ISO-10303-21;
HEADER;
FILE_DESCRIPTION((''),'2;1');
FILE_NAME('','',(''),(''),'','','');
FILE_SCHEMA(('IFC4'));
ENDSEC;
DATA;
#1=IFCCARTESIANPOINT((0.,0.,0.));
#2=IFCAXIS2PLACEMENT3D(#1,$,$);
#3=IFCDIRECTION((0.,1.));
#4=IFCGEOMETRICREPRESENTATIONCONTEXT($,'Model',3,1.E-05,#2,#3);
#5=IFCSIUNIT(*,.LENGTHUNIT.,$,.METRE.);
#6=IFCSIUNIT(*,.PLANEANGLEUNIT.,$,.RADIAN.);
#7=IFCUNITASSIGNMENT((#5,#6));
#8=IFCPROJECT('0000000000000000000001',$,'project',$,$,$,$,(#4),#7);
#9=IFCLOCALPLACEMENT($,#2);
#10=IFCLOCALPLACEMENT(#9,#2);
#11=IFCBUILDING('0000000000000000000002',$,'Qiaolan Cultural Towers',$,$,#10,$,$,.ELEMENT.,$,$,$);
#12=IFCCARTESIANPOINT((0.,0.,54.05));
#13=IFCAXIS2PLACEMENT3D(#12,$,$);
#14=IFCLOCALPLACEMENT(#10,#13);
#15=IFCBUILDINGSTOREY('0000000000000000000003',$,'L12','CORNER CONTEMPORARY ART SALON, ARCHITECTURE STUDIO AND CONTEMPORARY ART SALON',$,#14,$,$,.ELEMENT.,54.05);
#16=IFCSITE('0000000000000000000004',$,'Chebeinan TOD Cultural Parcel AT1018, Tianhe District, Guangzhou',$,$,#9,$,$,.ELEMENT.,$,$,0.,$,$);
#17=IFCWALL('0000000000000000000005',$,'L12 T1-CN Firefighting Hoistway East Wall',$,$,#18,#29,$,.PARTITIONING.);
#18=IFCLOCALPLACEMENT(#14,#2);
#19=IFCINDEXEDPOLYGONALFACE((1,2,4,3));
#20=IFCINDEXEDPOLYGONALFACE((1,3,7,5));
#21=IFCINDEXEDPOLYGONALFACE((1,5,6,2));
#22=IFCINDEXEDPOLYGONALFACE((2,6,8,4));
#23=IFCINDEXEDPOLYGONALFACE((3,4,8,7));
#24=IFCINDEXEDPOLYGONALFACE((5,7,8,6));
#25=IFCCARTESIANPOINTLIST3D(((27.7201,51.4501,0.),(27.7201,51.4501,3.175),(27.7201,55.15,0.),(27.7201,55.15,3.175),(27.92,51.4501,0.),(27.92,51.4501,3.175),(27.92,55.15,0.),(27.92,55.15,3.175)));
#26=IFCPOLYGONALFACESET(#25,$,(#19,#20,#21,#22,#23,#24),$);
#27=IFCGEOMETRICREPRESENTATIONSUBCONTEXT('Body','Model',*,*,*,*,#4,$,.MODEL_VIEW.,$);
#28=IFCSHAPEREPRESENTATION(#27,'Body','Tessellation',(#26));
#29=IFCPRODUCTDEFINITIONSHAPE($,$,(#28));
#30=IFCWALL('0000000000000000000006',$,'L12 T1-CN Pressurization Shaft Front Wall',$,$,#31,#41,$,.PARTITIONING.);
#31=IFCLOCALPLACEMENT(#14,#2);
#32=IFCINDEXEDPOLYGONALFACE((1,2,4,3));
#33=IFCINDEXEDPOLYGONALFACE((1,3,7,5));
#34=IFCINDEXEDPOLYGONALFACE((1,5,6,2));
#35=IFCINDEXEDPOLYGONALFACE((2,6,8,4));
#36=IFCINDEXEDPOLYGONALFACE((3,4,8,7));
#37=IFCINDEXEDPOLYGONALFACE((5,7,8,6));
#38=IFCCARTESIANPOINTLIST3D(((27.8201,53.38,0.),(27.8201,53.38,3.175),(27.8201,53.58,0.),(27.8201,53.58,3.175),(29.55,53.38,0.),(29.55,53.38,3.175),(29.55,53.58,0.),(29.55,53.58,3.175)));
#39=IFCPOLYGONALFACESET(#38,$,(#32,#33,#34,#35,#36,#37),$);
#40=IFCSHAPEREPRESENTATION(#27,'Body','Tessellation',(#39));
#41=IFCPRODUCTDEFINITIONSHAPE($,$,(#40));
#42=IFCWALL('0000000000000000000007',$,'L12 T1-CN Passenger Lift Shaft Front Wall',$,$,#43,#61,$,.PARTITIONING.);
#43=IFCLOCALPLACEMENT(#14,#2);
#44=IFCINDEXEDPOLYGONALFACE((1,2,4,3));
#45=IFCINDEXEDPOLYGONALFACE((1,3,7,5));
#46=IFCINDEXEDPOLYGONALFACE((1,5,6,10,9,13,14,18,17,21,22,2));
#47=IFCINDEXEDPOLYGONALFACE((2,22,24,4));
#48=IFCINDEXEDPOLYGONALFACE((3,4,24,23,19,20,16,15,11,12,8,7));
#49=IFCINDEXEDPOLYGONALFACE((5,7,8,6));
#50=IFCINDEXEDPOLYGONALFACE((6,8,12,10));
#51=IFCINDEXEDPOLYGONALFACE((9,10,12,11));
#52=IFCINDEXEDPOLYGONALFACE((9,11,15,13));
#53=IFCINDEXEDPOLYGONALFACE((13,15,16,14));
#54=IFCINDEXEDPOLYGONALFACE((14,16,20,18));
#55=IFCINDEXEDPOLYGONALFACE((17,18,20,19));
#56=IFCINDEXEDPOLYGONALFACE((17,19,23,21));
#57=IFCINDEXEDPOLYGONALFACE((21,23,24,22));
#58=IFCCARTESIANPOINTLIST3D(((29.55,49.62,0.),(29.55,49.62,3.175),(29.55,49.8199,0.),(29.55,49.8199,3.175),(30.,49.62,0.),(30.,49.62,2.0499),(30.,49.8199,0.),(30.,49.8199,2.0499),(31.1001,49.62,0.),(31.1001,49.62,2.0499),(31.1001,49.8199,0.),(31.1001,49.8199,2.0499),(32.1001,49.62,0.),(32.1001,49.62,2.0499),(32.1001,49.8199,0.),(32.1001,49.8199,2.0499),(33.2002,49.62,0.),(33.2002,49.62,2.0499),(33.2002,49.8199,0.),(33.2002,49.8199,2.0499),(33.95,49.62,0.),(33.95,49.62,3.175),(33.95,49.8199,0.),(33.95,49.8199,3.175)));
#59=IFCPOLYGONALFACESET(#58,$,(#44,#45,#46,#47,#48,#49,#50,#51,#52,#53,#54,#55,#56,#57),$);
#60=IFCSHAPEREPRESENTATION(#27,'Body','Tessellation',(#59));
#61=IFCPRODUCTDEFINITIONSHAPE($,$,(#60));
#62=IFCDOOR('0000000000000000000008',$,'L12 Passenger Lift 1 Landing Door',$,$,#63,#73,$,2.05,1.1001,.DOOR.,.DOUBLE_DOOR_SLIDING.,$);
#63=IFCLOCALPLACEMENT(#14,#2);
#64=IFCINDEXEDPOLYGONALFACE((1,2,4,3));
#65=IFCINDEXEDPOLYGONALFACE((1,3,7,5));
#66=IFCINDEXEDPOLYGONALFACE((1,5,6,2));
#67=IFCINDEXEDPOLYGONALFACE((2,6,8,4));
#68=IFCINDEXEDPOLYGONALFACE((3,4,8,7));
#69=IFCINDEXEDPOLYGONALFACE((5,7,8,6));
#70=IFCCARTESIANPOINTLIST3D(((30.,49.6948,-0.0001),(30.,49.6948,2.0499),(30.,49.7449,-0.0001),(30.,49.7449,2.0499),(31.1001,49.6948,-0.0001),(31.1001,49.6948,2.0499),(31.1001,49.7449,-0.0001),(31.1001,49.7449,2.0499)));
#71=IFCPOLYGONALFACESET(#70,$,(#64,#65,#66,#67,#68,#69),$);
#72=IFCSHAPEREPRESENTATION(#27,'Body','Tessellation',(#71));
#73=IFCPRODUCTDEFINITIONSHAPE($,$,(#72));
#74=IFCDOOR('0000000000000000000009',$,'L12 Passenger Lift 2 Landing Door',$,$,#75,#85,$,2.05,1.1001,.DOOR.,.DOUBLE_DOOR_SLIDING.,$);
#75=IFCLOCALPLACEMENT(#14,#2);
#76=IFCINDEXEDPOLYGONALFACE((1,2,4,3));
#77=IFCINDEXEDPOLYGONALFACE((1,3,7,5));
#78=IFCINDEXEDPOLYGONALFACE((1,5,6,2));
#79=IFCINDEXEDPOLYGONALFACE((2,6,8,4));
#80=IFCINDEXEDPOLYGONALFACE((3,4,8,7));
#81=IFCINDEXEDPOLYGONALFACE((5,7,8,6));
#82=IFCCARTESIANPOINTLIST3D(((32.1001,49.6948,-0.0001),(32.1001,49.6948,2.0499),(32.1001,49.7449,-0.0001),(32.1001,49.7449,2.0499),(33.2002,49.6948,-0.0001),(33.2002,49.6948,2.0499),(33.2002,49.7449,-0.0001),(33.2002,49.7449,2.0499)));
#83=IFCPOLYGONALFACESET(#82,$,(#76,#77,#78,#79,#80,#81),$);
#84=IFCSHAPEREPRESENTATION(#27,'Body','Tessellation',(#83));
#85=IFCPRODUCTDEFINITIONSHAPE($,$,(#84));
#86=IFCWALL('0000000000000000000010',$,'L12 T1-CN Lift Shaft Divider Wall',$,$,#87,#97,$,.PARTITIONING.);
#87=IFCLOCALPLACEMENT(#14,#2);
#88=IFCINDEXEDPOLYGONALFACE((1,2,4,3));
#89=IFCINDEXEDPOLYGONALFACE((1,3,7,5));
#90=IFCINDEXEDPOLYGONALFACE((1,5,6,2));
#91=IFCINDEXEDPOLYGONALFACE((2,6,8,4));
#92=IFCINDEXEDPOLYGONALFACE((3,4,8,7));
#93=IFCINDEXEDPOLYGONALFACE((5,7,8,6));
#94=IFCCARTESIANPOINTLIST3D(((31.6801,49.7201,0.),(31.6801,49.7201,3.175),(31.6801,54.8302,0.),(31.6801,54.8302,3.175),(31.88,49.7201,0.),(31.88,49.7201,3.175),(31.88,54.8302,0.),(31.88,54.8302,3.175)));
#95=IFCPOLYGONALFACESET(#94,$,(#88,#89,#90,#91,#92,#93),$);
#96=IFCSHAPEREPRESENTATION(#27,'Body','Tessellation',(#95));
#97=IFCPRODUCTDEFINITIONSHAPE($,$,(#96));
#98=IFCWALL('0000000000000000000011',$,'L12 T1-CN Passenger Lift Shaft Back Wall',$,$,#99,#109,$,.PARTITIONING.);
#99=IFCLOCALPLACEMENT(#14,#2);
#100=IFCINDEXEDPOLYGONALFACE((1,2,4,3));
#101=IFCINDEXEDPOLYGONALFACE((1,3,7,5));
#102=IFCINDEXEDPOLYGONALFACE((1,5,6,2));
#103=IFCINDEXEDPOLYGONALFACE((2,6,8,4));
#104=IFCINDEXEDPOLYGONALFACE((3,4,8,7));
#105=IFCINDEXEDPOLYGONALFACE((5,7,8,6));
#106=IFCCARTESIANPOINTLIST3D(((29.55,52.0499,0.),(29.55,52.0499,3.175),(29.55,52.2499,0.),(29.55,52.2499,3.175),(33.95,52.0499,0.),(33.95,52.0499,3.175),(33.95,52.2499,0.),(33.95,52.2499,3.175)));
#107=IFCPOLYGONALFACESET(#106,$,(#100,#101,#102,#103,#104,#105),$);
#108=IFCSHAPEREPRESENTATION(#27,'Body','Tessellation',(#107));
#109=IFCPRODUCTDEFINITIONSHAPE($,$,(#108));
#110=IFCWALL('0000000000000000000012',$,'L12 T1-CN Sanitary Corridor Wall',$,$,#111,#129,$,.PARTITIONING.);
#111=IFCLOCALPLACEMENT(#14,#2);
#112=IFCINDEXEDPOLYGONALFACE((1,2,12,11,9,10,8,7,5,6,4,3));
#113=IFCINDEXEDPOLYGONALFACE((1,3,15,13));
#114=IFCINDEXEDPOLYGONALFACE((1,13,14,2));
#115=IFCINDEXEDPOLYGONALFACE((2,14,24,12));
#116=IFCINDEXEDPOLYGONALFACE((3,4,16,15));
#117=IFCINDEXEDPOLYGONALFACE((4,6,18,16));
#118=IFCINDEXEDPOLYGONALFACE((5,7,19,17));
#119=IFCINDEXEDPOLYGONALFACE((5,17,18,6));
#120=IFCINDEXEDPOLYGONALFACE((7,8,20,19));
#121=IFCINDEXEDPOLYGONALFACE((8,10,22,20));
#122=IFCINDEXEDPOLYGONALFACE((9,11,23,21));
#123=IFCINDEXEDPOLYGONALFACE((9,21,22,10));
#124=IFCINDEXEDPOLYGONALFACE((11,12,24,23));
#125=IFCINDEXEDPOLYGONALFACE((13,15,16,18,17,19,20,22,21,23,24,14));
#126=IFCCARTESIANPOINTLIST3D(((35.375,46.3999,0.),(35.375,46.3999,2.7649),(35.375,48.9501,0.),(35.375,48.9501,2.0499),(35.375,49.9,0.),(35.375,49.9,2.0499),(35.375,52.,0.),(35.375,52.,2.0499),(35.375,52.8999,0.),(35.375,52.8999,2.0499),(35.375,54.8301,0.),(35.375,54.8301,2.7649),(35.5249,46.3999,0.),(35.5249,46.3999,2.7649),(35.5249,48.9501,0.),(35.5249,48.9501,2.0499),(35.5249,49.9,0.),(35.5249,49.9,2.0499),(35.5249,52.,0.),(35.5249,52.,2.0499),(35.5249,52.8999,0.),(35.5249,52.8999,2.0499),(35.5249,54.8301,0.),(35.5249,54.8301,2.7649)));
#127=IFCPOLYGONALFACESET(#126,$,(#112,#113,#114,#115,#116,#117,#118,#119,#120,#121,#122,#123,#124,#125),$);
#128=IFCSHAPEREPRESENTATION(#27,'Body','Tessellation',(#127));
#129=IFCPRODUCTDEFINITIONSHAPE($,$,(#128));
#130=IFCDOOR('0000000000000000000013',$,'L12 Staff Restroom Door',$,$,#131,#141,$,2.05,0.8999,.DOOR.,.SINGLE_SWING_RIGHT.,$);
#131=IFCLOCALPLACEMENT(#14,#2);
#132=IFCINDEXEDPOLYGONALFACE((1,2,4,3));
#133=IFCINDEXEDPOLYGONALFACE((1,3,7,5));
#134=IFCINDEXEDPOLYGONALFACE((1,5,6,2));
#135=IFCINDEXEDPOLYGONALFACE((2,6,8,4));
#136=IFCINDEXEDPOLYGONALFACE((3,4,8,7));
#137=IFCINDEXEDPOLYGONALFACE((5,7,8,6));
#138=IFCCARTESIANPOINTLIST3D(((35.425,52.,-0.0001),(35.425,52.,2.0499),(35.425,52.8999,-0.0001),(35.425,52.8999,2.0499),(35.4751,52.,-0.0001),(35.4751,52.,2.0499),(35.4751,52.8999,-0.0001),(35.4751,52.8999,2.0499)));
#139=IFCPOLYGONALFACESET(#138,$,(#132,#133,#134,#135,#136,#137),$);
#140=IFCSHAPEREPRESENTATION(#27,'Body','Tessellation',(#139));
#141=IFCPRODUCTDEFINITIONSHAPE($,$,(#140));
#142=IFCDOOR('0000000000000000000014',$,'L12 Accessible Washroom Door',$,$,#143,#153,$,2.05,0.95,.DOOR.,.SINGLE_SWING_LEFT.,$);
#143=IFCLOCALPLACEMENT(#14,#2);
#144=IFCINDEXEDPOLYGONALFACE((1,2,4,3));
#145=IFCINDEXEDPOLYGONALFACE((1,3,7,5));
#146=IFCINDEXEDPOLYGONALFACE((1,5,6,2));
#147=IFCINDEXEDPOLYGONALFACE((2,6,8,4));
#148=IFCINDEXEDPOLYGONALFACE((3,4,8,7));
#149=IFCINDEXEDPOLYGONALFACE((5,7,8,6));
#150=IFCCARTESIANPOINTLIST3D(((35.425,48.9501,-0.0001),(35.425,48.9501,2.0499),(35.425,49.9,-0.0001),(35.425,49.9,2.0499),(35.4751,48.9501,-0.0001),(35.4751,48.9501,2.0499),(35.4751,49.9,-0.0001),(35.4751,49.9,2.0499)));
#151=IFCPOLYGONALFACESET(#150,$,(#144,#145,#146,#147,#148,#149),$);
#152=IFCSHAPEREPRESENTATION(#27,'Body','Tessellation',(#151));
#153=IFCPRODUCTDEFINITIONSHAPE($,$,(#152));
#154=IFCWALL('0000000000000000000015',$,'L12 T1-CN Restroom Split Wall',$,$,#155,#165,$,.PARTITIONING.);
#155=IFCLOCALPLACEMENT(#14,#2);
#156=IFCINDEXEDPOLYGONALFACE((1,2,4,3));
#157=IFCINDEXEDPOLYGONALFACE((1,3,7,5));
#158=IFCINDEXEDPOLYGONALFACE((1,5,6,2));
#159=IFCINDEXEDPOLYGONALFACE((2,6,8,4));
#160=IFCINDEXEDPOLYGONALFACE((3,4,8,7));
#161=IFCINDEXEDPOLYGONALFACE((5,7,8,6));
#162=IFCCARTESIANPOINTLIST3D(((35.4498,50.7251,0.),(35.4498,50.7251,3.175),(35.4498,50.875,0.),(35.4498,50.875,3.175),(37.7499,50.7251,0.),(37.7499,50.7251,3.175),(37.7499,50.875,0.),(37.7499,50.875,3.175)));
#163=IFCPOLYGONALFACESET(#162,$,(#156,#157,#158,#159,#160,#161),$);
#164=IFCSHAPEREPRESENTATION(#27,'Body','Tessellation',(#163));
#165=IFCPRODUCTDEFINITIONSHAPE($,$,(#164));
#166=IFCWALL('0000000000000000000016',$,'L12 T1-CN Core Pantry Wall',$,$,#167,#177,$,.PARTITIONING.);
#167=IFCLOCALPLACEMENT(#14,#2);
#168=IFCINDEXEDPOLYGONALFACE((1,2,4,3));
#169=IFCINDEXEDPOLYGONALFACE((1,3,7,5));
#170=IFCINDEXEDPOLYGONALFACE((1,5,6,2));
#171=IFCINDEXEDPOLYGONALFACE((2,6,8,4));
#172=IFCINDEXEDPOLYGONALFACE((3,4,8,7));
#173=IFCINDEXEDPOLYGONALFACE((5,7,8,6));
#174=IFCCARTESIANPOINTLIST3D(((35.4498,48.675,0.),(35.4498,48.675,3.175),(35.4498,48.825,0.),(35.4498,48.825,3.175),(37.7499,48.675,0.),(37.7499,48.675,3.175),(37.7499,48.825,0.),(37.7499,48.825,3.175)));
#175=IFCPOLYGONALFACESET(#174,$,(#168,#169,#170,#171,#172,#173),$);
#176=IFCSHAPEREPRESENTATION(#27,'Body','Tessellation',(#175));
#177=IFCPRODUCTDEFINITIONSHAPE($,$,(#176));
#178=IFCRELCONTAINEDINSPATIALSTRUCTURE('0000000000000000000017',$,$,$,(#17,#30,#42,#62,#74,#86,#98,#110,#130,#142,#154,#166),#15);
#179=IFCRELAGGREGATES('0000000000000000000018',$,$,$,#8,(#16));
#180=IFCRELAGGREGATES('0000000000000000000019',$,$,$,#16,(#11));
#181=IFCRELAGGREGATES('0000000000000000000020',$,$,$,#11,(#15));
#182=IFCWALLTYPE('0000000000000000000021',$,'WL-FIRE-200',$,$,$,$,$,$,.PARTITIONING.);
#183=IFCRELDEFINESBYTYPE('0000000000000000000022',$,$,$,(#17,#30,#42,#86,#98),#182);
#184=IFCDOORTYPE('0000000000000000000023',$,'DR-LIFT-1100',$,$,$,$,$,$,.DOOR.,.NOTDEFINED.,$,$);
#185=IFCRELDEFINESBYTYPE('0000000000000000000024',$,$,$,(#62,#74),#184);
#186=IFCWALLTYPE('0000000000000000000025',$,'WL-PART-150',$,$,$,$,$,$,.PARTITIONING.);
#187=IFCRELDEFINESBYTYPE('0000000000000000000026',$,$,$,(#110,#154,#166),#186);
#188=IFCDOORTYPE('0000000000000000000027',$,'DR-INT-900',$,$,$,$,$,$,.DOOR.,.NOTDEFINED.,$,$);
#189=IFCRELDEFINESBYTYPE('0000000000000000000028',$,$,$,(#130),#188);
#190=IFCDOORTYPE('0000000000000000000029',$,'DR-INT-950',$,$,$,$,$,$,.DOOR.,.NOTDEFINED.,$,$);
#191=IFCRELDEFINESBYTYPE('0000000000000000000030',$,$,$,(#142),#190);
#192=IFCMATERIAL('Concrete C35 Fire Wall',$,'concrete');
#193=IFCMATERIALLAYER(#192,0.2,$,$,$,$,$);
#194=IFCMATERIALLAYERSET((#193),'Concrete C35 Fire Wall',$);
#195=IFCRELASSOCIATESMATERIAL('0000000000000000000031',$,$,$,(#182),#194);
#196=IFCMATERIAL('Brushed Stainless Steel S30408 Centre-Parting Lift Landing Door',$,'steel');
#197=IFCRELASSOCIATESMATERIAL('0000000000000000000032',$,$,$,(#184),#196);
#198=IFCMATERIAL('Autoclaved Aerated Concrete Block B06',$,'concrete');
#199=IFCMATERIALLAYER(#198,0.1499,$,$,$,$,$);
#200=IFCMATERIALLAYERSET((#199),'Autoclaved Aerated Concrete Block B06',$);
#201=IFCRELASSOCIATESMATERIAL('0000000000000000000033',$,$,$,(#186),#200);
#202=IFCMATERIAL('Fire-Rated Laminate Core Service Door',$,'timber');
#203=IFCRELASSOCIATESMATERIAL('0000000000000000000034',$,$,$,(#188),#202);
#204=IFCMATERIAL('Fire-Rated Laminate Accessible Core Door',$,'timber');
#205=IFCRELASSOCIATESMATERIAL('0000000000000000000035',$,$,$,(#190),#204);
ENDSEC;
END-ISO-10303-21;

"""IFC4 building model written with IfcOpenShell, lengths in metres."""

from ifc_helpers import new_model, si_unit, direction, frame, frame_2d, origin, place, context, subcontext, project, spatial, rectangle, extrude, material, layer, layer_set, type_object, element, fill, save


model = new_model("IFC4")

# Units and contexts
model_context = context("Model", 3, precision=1e-05, world=origin(), true_north=direction((0.0, 1.0)))
body_context = subcontext(model_context, "Body", "Model", "MODEL_VIEW")
ifc_project = project(units=[si_unit("LENGTHUNIT", "METRE"), si_unit("PLANEANGLEUNIT", "RADIAN")], contexts=[model_context])

# Site, building, storey
site_placement = place(None, origin())
site = spatial("IfcSite", under=ifc_project, at=site_placement, Name="Chebeinan TOD Cultural Parcel AT1018, Tianhe District, Guangzhou", CompositionType="ELEMENT", RefElevation=0.0)
building_placement = place(site_placement, origin())
building = spatial("IfcBuilding", under=site, at=building_placement, Name="Qiaolan Cultural Towers", CompositionType="ELEMENT")
storey_placement = place(building_placement, frame((0.0, 0.0, 54.05)))
storey = spatial("IfcBuildingStorey", under=building, at=storey_placement, Name="L12", Description="CORNER CONTEMPORARY ART SALON, ARCHITECTURE STUDIO AND CONTEMPORARY ART SALON", CompositionType="ELEMENT", Elevation=54.05)

# Shared definitions
ifc_material_1 = material(Name="Concrete C35 Fire Wall", Category="concrete")
ifc_layer_1 = layer(ifc_material_1, 0.2)
ifc_layer_set_1 = layer_set([ifc_layer_1], Name="Concrete C35 Fire Wall")
wall_type_1 = type_object("IfcWallType", Name="WL-FIRE-200", PredefinedType="PARTITIONING", material=ifc_layer_set_1)
ifc_material_2 = material(Name="Brushed Stainless Steel S30408 Centre-Parting Lift Landing Door", Category="steel")
door_type_1 = type_object("IfcDoorType", Name="DR-LIFT-1100", OperationType="NOTDEFINED", PredefinedType="DOOR", material=ifc_material_2)

# Walls
wall_1_placement = place(storey_placement, frame((27.8201, 51.45, 0.0), z_axis=(0.0, 0.0, 1.0), x_axis=(0.0, 1.0, 0.0)))
element("IfcWall", 1, at=wall_1_placement, inside=storey, type_object=wall_type_1, Name="L12 T1-CN Firefighting Hoistway East Wall", PredefinedType="PARTITIONING", context=body_context, shape_type="SweptSolid", body=[
    extrude(rectangle(XDim=3.7, YDim=0.2, at=frame_2d((1.8501, 0.0))), origin(), (0.0, 0.0, 1.0), 3.175),
])
wall_2_placement = place(storey_placement, frame((27.8201, 53.48, 0.0), z_axis=(0.0, 0.0, 1.0), x_axis=(1.0, 0.0, 0.0)))
element("IfcWall", 2, at=wall_2_placement, inside=storey, type_object=wall_type_1, Name="L12 T1-CN Pressurization Shaft Front Wall", PredefinedType="PARTITIONING", context=body_context, shape_type="SweptSolid", body=[
    extrude(rectangle(XDim=1.73, YDim=0.2, at=frame_2d((0.865, 0.0))), origin(), (0.0, 0.0, 1.0), 3.175),
])

# Wall, openings, doors
wall_3_placement = place(storey_placement, frame((29.55, 49.72, 0.0), z_axis=(0.0, 0.0, 1.0), x_axis=(1.0, 0.0, 0.0)))
wall_3 = element("IfcWall", 3, at=wall_3_placement, inside=storey, type_object=wall_type_1, Name="L12 T1-CN Passenger Lift Shaft Front Wall", PredefinedType="PARTITIONING", context=body_context, shape_type="SweptSolid", body=[
    extrude(rectangle(XDim=4.3999, YDim=0.2, at=frame_2d((2.2, 0.0))), origin(), (0.0, 0.0, 1.0), 3.175),
])
opening_1_placement = place(wall_3_placement, frame((0.45, 0.0, 0.0)))
opening_1 = element("IfcOpeningElement", 4, at=opening_1_placement, cuts=wall_3, PredefinedType="OPENING", context=body_context, shape_type="SweptSolid", body=[
    extrude(rectangle(XDim=1.1001, YDim=2.05, at=frame_2d((0.55, 1.0249))), frame((0.0, 0.1099, 0.0), z_axis=(0.0, -1.0, 0.0), x_axis=(1.0, 0.0, 0.0)), (0.0, 0.0, 1.0), 0.22),
])
opening_2_placement = place(wall_3_placement, frame((2.55, 0.0, 0.0)))
opening_2 = element("IfcOpeningElement", 5, at=opening_2_placement, cuts=wall_3, PredefinedType="OPENING", context=body_context, shape_type="SweptSolid", body=[
    extrude(rectangle(XDim=1.1001, YDim=2.05, at=frame_2d((0.55, 1.0249))), frame((0.0, 0.1099, 0.0), z_axis=(0.0, -1.0, 0.0), x_axis=(1.0, 0.0, 0.0)), (0.0, 0.0, 1.0), 0.22),
])
door_1_placement = place(opening_1_placement, origin())
door_1 = element("IfcDoor", 6, at=door_1_placement, inside=storey, type_object=door_type_1, Name="L12 Passenger Lift 1 Landing Door", OperationType="DOUBLE_DOOR_SLIDING", OverallHeight=2.05, OverallWidth=1.1001, PredefinedType="DOOR", context=body_context, shape_type="SweptSolid", body=[
    extrude(rectangle(XDim=1.1001, YDim=2.05, at=frame_2d((0.55, 1.0249))), frame((0.0, 0.0249, 0.0), z_axis=(0.0, -1.0, 0.0), x_axis=(1.0, 0.0, 0.0)), (0.0, 0.0, 1.0), 0.05),
])
fill(opening_1, door_1)
door_2_placement = place(opening_2_placement, origin())
door_2 = element("IfcDoor", 7, at=door_2_placement, inside=storey, type_object=door_type_1, Name="L12 Passenger Lift 2 Landing Door", OperationType="DOUBLE_DOOR_SLIDING", OverallHeight=2.05, OverallWidth=1.1001, PredefinedType="DOOR", context=body_context, shape_type="SweptSolid", body=[
    extrude(rectangle(XDim=1.1001, YDim=2.05, at=frame_2d((0.55, 1.0249))), frame((0.0, 0.0249, 0.0), z_axis=(0.0, -1.0, 0.0), x_axis=(1.0, 0.0, 0.0)), (0.0, 0.0, 1.0), 0.05),
])
fill(opening_2, door_2)

# Walls
wall_4_placement = place(storey_placement, frame((31.78, 49.72, 0.0), z_axis=(0.0, 0.0, 1.0), x_axis=(0.0, 1.0, 0.0)))
element("IfcWall", 8, at=wall_4_placement, inside=storey, type_object=wall_type_1, Name="L12 T1-CN Lift Shaft Divider Wall", PredefinedType="PARTITIONING", context=body_context, shape_type="SweptSolid", body=[
    extrude(rectangle(XDim=5.1101, YDim=0.2, at=frame_2d((2.5552, 0.0))), origin(), (0.0, 0.0, 1.0), 3.175),
])
wall_5_placement = place(storey_placement, frame((29.55, 52.1499, 0.0), z_axis=(0.0, 0.0, 1.0), x_axis=(1.0, 0.0, 0.0)))
element("IfcWall", 9, at=wall_5_placement, inside=storey, type_object=wall_type_1, Name="L12 T1-CN Passenger Lift Shaft Back Wall", PredefinedType="PARTITIONING", context=body_context, shape_type="SweptSolid", body=[
    extrude(rectangle(XDim=4.3999, YDim=0.2, at=frame_2d((2.2, 0.0))), origin(), (0.0, 0.0, 1.0), 3.175),
])

# Wall, openings, doors
ifc_material_3 = material(Name="Autoclaved Aerated Concrete Block B06", Category="concrete")
ifc_layer_2 = layer(ifc_material_3, 0.1499)
ifc_layer_set_2 = layer_set([ifc_layer_2], Name="Autoclaved Aerated Concrete Block B06")
wall_type_2 = type_object("IfcWallType", Name="WL-PART-150", PredefinedType="PARTITIONING", material=ifc_layer_set_2)
wall_6_placement = place(storey_placement, frame((35.45, 46.3999, 0.0), z_axis=(0.0, 0.0, 1.0), x_axis=(0.0, 1.0, 0.0)))
wall_6 = element("IfcWall", 10, at=wall_6_placement, inside=storey, type_object=wall_type_2, Name="L12 T1-CN Sanitary Corridor Wall", PredefinedType="PARTITIONING", context=body_context, shape_type="SweptSolid", body=[
    extrude(rectangle(XDim=8.4302, YDim=0.1499, at=frame_2d((4.2151, 0.0))), origin(), (0.0, 0.0, 1.0), 2.7649),
])
opening_3_placement = place(wall_6_placement, frame((2.55, 0.0, 0.0)))
opening_3 = element("IfcOpeningElement", 11, at=opening_3_placement, cuts=wall_6, PredefinedType="OPENING", context=body_context, shape_type="SweptSolid", body=[
    extrude(rectangle(XDim=0.95, YDim=2.05, at=frame_2d((0.4751, 1.0249))), frame((0.0, 0.085, 0.0), z_axis=(0.0, -1.0, 0.0), x_axis=(1.0, 0.0, 0.0)), (0.0, 0.0, 1.0), 0.1699),
])
opening_4_placement = place(wall_6_placement, frame((5.6001, 0.0, 0.0)))
opening_4 = element("IfcOpeningElement", 12, at=opening_4_placement, cuts=wall_6, PredefinedType="OPENING", context=body_context, shape_type="SweptSolid", body=[
    extrude(rectangle(XDim=0.8999, YDim=2.05, at=frame_2d((0.45, 1.0249))), frame((0.0, 0.085, 0.0), z_axis=(0.0, -1.0, 0.0), x_axis=(1.0, 0.0, 0.0)), (0.0, 0.0, 1.0), 0.1699),
])
ifc_material_4 = material(Name="Fire-Rated Laminate Core Service Door", Category="timber")
door_type_2 = type_object("IfcDoorType", Name="DR-INT-900", OperationType="NOTDEFINED", PredefinedType="DOOR", material=ifc_material_4)
door_3_placement = place(opening_4_placement, origin())
door_3 = element("IfcDoor", 13, at=door_3_placement, inside=storey, type_object=door_type_2, Name="L12 Staff Restroom Door", OperationType="SINGLE_SWING_RIGHT", OverallHeight=2.05, OverallWidth=0.8999, PredefinedType="DOOR", context=body_context, shape_type="SweptSolid", body=[
    extrude(rectangle(XDim=0.8999, YDim=2.05, at=frame_2d((0.45, 1.0249))), frame((0.0, 0.0249, 0.0), z_axis=(0.0, -1.0, 0.0), x_axis=(1.0, 0.0, 0.0)), (0.0, 0.0, 1.0), 0.05),
])
fill(opening_4, door_3)
ifc_material_5 = material(Name="Fire-Rated Laminate Accessible Core Door", Category="timber")
door_type_3 = type_object("IfcDoorType", Name="DR-INT-950", OperationType="NOTDEFINED", PredefinedType="DOOR", material=ifc_material_5)
door_4_placement = place(opening_3_placement, origin())
door_4 = element("IfcDoor", 14, at=door_4_placement, inside=storey, type_object=door_type_3, Name="L12 Accessible Washroom Door", OperationType="SINGLE_SWING_LEFT", OverallHeight=2.05, OverallWidth=0.95, PredefinedType="DOOR", context=body_context, shape_type="SweptSolid", body=[
    extrude(rectangle(XDim=0.95, YDim=2.05, at=frame_2d((0.4751, 1.0249))), frame((0.0, 0.0249, 0.0), z_axis=(0.0, -1.0, 0.0), x_axis=(1.0, 0.0, 0.0)), (0.0, 0.0, 1.0), 0.05),
])
fill(opening_3, door_4)

# Walls
for number, where, z_axis, x_axis, name in (
    (15, (35.45, 50.8, 0.0), (0.0, 0.0, 1.0), (1.0, 0.0, 0.0), "L12 T1-CN Restroom Split Wall"),
    (16, (35.45, 48.75, 0.0), (0.0, 0.0, 1.0), (1.0, 0.0, 0.0), "L12 T1-CN Core Pantry Wall"),
):
    element("IfcWall", number, at=place(storey_placement, frame(where, z_axis=z_axis, x_axis=x_axis)), inside=storey, type_object=wall_type_2, Name=name, PredefinedType="PARTITIONING", context=body_context, shape_type="SweptSolid", body=[
        extrude(rectangle(XDim=2.3, YDim=0.1499, at=frame_2d((1.1499, 0.0))), origin(), (0.0, 0.0, 1.0), 3.175),
    ])

save(model, "model.ifc")
